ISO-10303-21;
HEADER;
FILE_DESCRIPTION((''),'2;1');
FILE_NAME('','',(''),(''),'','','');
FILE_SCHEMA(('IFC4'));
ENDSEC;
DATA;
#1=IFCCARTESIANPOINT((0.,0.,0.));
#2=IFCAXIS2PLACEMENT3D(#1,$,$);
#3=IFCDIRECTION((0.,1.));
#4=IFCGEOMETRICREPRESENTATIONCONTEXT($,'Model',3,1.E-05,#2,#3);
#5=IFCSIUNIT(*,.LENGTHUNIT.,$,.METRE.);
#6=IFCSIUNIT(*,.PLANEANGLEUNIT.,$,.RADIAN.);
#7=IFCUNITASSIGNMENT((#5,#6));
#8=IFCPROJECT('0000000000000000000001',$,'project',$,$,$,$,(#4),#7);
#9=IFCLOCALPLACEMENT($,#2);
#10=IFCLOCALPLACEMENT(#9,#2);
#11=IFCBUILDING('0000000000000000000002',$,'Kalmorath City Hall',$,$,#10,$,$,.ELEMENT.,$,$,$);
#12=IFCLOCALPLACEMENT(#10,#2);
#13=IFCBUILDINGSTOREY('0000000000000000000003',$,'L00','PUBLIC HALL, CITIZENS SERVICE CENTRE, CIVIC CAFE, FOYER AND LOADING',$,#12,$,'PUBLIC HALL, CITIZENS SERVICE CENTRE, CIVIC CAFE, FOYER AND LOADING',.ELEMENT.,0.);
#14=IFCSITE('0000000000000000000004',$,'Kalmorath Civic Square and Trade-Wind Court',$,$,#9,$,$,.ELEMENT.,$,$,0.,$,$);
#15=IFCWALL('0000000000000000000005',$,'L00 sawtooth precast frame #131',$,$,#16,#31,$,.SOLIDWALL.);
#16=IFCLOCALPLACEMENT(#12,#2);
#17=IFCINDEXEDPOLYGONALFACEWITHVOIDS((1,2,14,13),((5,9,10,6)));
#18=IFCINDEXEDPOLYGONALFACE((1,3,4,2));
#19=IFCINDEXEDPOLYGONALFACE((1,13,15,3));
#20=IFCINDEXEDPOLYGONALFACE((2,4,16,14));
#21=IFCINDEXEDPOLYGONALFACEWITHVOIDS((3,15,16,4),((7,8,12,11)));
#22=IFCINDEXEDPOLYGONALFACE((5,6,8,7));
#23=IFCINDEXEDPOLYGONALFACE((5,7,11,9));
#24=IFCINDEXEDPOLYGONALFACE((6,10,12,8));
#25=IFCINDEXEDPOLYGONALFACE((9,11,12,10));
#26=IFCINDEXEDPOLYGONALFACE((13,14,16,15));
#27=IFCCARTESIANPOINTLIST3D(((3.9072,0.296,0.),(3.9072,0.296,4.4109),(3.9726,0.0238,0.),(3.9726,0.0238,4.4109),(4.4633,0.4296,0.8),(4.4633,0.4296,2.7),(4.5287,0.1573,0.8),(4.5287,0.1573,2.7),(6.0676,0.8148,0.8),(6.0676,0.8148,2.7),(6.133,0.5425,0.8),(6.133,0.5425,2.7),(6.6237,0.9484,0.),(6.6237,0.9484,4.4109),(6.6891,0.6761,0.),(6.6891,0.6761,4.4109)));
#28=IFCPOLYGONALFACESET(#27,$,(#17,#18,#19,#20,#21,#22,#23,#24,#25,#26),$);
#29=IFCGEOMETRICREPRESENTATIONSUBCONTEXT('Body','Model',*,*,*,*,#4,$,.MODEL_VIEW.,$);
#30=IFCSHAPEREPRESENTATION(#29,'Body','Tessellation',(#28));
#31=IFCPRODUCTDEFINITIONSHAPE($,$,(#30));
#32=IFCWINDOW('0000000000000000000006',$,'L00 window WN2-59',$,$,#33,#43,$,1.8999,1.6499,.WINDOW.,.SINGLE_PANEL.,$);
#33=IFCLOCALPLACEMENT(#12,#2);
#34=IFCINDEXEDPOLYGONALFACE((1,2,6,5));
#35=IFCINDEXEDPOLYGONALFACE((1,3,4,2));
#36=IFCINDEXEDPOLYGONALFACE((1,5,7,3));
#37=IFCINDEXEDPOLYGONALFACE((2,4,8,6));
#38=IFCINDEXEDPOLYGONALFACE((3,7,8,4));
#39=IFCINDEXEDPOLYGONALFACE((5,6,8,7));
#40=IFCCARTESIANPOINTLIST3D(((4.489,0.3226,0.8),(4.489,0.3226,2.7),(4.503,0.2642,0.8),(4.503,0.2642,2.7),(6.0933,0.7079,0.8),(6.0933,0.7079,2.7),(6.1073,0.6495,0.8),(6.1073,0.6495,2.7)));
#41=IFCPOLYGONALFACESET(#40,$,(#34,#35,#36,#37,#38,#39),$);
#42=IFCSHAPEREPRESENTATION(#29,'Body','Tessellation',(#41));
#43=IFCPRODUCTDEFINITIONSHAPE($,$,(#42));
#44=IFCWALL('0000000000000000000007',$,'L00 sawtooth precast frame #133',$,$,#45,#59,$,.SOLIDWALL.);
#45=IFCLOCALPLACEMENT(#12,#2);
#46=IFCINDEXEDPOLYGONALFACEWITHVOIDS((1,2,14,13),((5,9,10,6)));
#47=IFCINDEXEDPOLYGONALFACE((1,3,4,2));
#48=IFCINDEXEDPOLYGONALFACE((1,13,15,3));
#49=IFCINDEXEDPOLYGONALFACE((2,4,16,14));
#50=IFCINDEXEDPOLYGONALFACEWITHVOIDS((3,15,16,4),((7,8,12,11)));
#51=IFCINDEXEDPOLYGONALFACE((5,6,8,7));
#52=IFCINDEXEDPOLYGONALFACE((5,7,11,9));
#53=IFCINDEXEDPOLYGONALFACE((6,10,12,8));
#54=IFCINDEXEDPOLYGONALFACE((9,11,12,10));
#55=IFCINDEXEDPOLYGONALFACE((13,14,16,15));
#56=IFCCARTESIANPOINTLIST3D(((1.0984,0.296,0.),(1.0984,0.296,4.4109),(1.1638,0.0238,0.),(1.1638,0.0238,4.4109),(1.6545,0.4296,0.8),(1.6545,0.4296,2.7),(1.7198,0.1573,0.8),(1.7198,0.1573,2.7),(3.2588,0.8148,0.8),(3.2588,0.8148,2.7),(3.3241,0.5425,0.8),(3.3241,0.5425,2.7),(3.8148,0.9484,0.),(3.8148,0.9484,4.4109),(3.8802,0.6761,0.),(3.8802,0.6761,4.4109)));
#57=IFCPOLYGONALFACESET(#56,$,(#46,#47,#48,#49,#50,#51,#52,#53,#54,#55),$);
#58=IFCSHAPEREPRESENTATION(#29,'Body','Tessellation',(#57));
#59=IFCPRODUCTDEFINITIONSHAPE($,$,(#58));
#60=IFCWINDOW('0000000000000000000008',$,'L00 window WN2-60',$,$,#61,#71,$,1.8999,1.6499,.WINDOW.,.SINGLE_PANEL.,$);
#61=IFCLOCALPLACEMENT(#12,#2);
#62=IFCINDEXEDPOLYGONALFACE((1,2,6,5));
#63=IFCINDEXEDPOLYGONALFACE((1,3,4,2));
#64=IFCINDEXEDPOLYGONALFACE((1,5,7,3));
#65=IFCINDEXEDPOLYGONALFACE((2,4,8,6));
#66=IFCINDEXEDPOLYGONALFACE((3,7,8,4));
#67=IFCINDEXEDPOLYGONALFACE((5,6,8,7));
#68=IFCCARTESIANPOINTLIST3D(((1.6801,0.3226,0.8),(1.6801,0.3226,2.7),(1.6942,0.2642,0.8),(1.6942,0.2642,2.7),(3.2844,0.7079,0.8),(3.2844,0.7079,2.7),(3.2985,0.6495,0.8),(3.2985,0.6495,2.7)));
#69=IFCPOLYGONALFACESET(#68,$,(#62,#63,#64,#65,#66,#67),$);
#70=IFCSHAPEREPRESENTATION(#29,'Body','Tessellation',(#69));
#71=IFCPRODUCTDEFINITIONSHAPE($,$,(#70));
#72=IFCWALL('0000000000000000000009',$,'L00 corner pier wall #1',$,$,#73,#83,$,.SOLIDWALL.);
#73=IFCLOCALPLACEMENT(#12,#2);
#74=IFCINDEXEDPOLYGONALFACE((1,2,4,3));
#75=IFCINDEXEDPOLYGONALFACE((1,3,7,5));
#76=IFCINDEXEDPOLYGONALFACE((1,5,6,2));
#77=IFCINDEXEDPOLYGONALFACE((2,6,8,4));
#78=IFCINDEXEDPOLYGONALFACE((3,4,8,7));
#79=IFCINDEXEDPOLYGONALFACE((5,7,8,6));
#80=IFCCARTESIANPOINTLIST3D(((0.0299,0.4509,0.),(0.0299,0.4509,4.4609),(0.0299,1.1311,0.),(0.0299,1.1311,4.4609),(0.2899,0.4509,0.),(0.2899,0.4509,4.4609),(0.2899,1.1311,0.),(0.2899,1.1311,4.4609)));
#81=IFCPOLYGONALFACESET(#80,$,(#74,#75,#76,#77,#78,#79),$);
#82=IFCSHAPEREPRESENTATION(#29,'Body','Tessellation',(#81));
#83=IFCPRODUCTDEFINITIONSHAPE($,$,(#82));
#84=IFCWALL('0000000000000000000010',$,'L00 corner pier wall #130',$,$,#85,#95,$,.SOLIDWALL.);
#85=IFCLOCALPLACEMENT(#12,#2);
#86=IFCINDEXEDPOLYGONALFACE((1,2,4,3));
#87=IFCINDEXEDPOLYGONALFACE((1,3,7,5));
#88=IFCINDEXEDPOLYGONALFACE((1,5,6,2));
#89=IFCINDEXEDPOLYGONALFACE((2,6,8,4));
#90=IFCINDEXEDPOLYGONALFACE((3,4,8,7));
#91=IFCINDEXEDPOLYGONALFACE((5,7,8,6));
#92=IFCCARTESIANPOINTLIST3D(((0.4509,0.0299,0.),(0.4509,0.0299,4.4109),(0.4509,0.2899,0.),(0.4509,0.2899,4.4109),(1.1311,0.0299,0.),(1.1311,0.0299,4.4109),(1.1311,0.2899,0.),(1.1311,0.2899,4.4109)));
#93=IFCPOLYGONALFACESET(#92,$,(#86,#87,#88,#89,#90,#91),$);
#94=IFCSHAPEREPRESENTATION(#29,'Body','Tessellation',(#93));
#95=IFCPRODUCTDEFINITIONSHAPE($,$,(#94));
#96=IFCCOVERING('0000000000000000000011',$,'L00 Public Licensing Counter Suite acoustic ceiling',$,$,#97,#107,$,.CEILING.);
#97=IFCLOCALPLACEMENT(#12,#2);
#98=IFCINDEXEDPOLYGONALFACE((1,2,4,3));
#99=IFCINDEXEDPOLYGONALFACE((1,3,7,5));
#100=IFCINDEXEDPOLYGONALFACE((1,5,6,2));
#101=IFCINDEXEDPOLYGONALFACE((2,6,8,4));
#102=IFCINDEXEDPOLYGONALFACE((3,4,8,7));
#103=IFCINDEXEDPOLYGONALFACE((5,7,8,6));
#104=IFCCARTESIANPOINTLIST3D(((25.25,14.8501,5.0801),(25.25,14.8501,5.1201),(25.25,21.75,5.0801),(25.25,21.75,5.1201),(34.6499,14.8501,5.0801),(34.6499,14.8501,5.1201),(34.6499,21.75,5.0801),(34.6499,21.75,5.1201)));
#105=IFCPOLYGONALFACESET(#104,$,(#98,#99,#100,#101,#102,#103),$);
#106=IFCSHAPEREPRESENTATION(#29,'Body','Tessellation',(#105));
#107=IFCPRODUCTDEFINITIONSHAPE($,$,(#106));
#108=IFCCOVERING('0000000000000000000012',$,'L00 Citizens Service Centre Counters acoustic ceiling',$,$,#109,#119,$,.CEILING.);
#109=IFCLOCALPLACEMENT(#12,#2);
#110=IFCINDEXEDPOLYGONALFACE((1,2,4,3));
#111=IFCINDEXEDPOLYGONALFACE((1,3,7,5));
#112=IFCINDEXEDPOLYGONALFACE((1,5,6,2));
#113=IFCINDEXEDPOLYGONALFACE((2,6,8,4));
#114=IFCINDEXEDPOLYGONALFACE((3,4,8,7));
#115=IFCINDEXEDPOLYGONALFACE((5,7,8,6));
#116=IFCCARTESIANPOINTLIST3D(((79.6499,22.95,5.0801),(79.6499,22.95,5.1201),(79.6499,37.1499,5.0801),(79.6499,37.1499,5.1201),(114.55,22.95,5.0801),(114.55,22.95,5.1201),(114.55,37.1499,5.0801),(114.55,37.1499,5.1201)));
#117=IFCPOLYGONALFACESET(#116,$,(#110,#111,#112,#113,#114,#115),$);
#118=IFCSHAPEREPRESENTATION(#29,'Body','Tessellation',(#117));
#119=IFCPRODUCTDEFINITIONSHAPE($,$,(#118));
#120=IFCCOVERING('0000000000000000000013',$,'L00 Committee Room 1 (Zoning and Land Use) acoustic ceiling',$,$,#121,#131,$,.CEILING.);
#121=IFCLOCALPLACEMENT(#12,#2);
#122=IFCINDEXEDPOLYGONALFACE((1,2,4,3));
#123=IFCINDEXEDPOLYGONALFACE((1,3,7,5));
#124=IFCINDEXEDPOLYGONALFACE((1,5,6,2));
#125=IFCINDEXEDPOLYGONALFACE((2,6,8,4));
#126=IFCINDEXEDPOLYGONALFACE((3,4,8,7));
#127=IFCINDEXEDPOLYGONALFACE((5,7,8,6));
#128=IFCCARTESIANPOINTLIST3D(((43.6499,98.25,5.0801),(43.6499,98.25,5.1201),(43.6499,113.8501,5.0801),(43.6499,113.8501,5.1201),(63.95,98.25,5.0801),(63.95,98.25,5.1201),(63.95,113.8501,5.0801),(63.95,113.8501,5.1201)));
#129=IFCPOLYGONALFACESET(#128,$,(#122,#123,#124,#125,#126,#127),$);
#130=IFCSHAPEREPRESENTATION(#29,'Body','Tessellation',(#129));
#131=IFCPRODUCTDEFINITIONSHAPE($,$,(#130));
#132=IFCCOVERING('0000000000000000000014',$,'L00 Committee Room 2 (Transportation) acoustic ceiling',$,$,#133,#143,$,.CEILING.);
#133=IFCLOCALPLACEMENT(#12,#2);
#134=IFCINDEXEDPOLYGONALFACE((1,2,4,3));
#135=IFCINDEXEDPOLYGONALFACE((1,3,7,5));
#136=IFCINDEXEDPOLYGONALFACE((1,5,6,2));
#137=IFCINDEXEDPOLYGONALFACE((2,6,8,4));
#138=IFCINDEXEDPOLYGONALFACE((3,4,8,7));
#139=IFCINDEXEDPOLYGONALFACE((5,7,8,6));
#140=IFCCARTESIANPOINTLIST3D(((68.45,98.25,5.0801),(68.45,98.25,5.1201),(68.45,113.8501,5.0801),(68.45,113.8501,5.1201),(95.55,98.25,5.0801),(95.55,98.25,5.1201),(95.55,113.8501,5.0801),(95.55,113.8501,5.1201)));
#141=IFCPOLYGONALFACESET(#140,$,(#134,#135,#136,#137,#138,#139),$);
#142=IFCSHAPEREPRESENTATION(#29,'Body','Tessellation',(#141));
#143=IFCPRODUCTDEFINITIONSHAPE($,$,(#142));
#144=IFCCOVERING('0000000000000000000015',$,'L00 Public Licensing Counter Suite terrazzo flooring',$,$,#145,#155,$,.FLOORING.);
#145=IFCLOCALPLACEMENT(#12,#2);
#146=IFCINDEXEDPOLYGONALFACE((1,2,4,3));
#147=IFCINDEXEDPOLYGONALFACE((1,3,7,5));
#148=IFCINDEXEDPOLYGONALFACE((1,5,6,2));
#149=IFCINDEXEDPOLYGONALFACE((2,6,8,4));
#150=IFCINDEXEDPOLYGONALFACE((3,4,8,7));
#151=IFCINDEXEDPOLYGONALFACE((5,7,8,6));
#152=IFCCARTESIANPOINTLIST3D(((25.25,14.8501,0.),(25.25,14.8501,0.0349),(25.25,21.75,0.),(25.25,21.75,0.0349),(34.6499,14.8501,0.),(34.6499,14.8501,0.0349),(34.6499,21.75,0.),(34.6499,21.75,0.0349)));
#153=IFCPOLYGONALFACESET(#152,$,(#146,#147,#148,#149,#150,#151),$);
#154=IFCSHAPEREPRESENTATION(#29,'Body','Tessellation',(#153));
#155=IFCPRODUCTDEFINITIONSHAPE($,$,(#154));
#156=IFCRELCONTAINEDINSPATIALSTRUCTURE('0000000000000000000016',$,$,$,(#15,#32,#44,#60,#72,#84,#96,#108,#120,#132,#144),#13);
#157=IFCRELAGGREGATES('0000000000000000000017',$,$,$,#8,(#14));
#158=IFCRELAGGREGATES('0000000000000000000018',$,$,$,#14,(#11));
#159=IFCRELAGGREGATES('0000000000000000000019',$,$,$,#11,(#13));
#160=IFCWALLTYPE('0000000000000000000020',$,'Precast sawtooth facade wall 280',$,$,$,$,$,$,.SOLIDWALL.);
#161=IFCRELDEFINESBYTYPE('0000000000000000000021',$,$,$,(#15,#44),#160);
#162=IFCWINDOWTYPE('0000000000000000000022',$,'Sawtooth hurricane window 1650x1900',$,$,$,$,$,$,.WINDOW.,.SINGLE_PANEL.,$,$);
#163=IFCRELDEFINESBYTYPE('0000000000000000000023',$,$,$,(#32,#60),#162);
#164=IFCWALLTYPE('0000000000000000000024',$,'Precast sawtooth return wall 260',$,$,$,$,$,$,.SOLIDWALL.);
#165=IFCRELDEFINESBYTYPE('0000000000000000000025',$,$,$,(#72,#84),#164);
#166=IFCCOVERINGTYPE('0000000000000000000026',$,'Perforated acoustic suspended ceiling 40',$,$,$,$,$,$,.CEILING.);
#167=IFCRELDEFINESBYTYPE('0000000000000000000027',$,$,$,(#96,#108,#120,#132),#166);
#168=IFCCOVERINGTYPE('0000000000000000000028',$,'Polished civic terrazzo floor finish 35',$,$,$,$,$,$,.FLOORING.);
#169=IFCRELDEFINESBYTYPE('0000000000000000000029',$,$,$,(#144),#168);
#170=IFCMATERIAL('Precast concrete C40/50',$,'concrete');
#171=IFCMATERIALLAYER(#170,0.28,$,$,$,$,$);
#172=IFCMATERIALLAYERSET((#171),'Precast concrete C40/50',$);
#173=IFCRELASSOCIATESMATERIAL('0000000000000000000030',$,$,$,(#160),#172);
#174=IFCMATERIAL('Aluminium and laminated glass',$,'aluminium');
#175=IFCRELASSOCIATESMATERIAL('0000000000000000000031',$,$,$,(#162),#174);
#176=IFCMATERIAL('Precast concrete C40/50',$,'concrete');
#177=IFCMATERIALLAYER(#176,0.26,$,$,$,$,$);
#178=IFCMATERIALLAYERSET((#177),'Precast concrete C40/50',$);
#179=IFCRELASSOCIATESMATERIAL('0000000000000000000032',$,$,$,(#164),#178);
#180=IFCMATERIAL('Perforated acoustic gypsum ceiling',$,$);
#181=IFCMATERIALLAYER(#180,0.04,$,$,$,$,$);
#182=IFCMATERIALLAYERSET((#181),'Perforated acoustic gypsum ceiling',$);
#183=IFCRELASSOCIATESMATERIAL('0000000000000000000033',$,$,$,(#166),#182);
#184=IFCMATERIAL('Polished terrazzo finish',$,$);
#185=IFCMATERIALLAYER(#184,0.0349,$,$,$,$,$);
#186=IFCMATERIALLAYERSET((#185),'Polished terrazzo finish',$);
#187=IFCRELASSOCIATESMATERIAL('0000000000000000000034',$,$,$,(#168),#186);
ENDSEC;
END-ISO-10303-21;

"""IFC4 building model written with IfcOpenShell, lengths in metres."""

from ifc_helpers import new_model, si_unit, direction, frame, frame_2d, origin, place, context, subcontext, project, spatial, polyline, rectangle, outline, extrude, material, layer, layer_set, type_object, element, fill, save


model = new_model("IFC4")

# Units and contexts
model_context = context("Model", 3, precision=1e-05, world=origin(), true_north=direction((0.0, 1.0)))
body_context = subcontext(model_context, "Body", "Model", "MODEL_VIEW")
ifc_project = project(units=[si_unit("LENGTHUNIT", "METRE"), si_unit("PLANEANGLEUNIT", "RADIAN")], contexts=[model_context])

# Site, building, storey
site_placement = place(None, origin())
site = spatial("IfcSite", under=ifc_project, at=site_placement, Name="Kalmorath Civic Square and Trade-Wind Court", CompositionType="ELEMENT", RefElevation=0.0)
building_placement = place(site_placement, origin())
building = spatial("IfcBuilding", under=site, at=building_placement, Name="Kalmorath City Hall", CompositionType="ELEMENT")
storey_placement = place(building_placement, origin())
storey = spatial("IfcBuildingStorey", under=building, at=storey_placement, Name="L00", Description="PUBLIC HALL, CITIZENS SERVICE CENTRE, CIVIC CAFE, FOYER AND LOADING", LongName="PUBLIC HALL, CITIZENS SERVICE CENTRE, CIVIC CAFE, FOYER AND LOADING", CompositionType="ELEMENT", Elevation=0.0)

# Shared definitions
ifc_material_1 = material(Name="Precast concrete C40/50", Category="concrete")
ifc_layer_1 = layer(ifc_material_1, 0.28)
ifc_layer_set_1 = layer_set([ifc_layer_1], Name="Precast concrete C40/50")
wall_type_1 = type_object("IfcWallType", Name="Precast sawtooth facade wall 280", PredefinedType="SOLIDWALL", material=ifc_layer_set_1)

# Walls, openings, windows
wall_1_placement = place(storey_placement, frame((6.6565, 0.8123, 0.0), z_axis=(0.0, 0.0, 1.0), x_axis=(-0.972357, -0.233499, 0.0)))
wall_1 = element("IfcWall", 1, at=wall_1_placement, inside=storey, type_object=wall_type_1, Name="L00 sawtooth precast frame #131", PredefinedType="SOLIDWALL", context=body_context, shape_type="SweptSolid", body=[
    extrude(rectangle(XDim=2.7937, YDim=0.28, at=frame_2d((1.397, 0.0))), origin(), (0.0, 0.0, 1.0), 4.4109),
])
opening_1_placement = place(wall_1_placement, frame((0.572, 0.0, 0.8)))
opening_1 = element("IfcOpeningElement", 2, at=opening_1_placement, cuts=wall_1, PredefinedType="OPENING", context=body_context, shape_type="SweptSolid", body=[
    extrude(rectangle(XDim=1.6499, YDim=1.8999, at=frame_2d((0.825, 0.95))), frame((0.0, 0.1499, 0.0), z_axis=(0.0, -1.0, 0.0), x_axis=(1.0, 0.0, 0.0)), (0.0, 0.0, 1.0), 0.3),
])
ifc_material_2 = material(Name="Aluminium and laminated glass", Category="aluminium")
window_type = type_object("IfcWindowType", Name="Sawtooth hurricane window 1650x1900", PartitioningType="SINGLE_PANEL", PredefinedType="WINDOW", material=ifc_material_2)
window_1_placement = place(opening_1_placement, origin())
window_1 = element("IfcWindow", 3, at=window_1_placement, inside=storey, type_object=window_type, Name="L00 window WN2-59", OverallHeight=1.8999, OverallWidth=1.6499, PartitioningType="SINGLE_PANEL", PredefinedType="WINDOW", context=body_context, shape_type="SweptSolid", body=[
    extrude(rectangle(XDim=1.6499, YDim=1.8999, at=frame_2d((0.825, 0.95))), frame((0.0, 0.03, 0.0), z_axis=(0.0, -1.0, 0.0), x_axis=(1.0, 0.0, 0.0)), (0.0, 0.0, 1.0), 0.0601),
])
fill(opening_1, window_1)
wall_2_placement = place(storey_placement, frame((3.8477, 0.8123, 0.0), z_axis=(0.0, 0.0, 1.0), x_axis=(-0.972357, -0.233499, 0.0)))
wall_2 = element("IfcWall", 4, at=wall_2_placement, inside=storey, type_object=wall_type_1, Name="L00 sawtooth precast frame #133", PredefinedType="SOLIDWALL", context=body_context, shape_type="SweptSolid", body=[
    extrude(rectangle(XDim=2.7937, YDim=0.28, at=frame_2d((1.397, 0.0))), origin(), (0.0, 0.0, 1.0), 4.4109),
])
opening_2_placement = place(wall_2_placement, frame((0.572, 0.0, 0.8)))
opening_2 = element("IfcOpeningElement", 5, at=opening_2_placement, cuts=wall_2, PredefinedType="OPENING", context=body_context, shape_type="SweptSolid", body=[
    extrude(rectangle(XDim=1.6499, YDim=1.8999, at=frame_2d((0.825, 0.95))), frame((0.0, 0.1499, 0.0), z_axis=(0.0, -1.0, 0.0), x_axis=(1.0, 0.0, 0.0)), (0.0, 0.0, 1.0), 0.3),
])
window_2_placement = place(opening_2_placement, origin())
window_2 = element("IfcWindow", 6, at=window_2_placement, inside=storey, type_object=window_type, Name="L00 window WN2-60", OverallHeight=1.8999, OverallWidth=1.6499, PartitioningType="SINGLE_PANEL", PredefinedType="WINDOW", context=body_context, shape_type="SweptSolid", body=[
    extrude(rectangle(XDim=1.6499, YDim=1.8999, at=frame_2d((0.825, 0.95))), frame((0.0, 0.03, 0.0), z_axis=(0.0, -1.0, 0.0), x_axis=(1.0, 0.0, 0.0)), (0.0, 0.0, 1.0), 0.0601),
])
fill(opening_2, window_2)

# Walls
ifc_material_3 = material(Name="Precast concrete C40/50", Category="concrete")
ifc_layer_2 = layer(ifc_material_3, 0.26)
ifc_layer_set_2 = layer_set([ifc_layer_2], Name="Precast concrete C40/50")
wall_type_2 = type_object("IfcWallType", Name="Precast sawtooth return wall 260", PredefinedType="SOLIDWALL", material=ifc_layer_set_2)
wall_3_placement = place(storey_placement, frame((0.1599, 0.4509, 0.0), z_axis=(0.0, 0.0, 1.0), x_axis=(0.0, 1.0, 0.0)))
element("IfcWall", 7, at=wall_3_placement, inside=storey, type_object=wall_type_2, Name="L00 corner pier wall #1", PredefinedType="SOLIDWALL", context=body_context, shape_type="SweptSolid", body=[
    extrude(rectangle(XDim=0.6802, YDim=0.26, at=frame_2d((0.3401, 0.0))), origin(), (0.0, 0.0, 1.0), 4.4609),
])
wall_4_placement = place(storey_placement, frame((1.1311, 0.1599, 0.0), z_axis=(0.0, 0.0, 1.0), x_axis=(-1.0, 0.0, 0.0)))
element("IfcWall", 8, at=wall_4_placement, inside=storey, type_object=wall_type_2, Name="L00 corner pier wall #130", PredefinedType="SOLIDWALL", context=body_context, shape_type="SweptSolid", body=[
    extrude(rectangle(XDim=0.6802, YDim=0.26, at=frame_2d((0.3401, 0.0))), origin(), (0.0, 0.0, 1.0), 4.4109),
])

# Coverings
ifc_material_4 = material(Name="Perforated acoustic gypsum ceiling")
ifc_layer_3 = layer(ifc_material_4, 0.04)
ifc_layer_set_3 = layer_set([ifc_layer_3], Name="Perforated acoustic gypsum ceiling")
covering_type_1 = type_object("IfcCoveringType", Name="Perforated acoustic suspended ceiling 40", PredefinedType="CEILING", material=ifc_layer_set_3)
covering_1_placement = place(storey_placement, frame((0.0, 0.0, 5.0801)))
element("IfcCovering", 9, at=covering_1_placement, inside=storey, type_object=covering_type_1, Name="L00 Public Licensing Counter Suite acoustic ceiling", PredefinedType="CEILING", context=body_context, shape_type="SweptSolid", body=[
    extrude(outline(polyline([(34.6499, 14.8501), (25.25, 14.8501), (25.25, 21.75), (34.6499, 21.75), (34.6499, 14.8501)])), origin(), (0.0, 0.0, 1.0), 0.04),
])
covering_2_placement = place(storey_placement, frame((0.0, 0.0, 5.0801)))
element("IfcCovering", 10, at=covering_2_placement, inside=storey, type_object=covering_type_1, Name="L00 Citizens Service Centre Counters acoustic ceiling", PredefinedType="CEILING", context=body_context, shape_type="SweptSolid", body=[
    extrude(outline(polyline([(114.55, 22.95), (79.6499, 22.95), (79.6499, 37.1499), (114.55, 37.1499), (114.55, 22.95)])), origin(), (0.0, 0.0, 1.0), 0.04),
])
covering_3_placement = place(storey_placement, frame((0.0, 0.0, 5.0801)))
element("IfcCovering", 11, at=covering_3_placement, inside=storey, type_object=covering_type_1, Name="L00 Committee Room 1 (Zoning and Land Use) acoustic ceiling", PredefinedType="CEILING", context=body_context, shape_type="SweptSolid", body=[
    extrude(outline(polyline([(63.95, 113.8501), (63.95, 98.25), (43.6499, 98.25), (43.6499, 113.8501), (63.95, 113.8501)])), origin(), (0.0, 0.0, 1.0), 0.04),
])
covering_4_placement = place(storey_placement, frame((0.0, 0.0, 5.0801)))
element("IfcCovering", 12, at=covering_4_placement, inside=storey, type_object=covering_type_1, Name="L00 Committee Room 2 (Transportation) acoustic ceiling", PredefinedType="CEILING", context=body_context, shape_type="SweptSolid", body=[
    extrude(outline(polyline([(68.45, 113.8501), (95.55, 113.8501), (95.55, 98.25), (68.45, 98.25), (68.45, 113.8501)])), origin(), (0.0, 0.0, 1.0), 0.04),
])
ifc_material_5 = material(Name="Polished terrazzo finish")
ifc_layer_4 = layer(ifc_material_5, 0.0349)
ifc_layer_set_4 = layer_set([ifc_layer_4], Name="Polished terrazzo finish")
covering_type_2 = type_object("IfcCoveringType", Name="Polished civic terrazzo floor finish 35", PredefinedType="FLOORING", material=ifc_layer_set_4)
covering_5_placement = place(storey_placement, origin())
element("IfcCovering", 13, at=covering_5_placement, inside=storey, type_object=covering_type_2, Name="L00 Public Licensing Counter Suite terrazzo flooring", PredefinedType="FLOORING", context=body_context, shape_type="SweptSolid", body=[
    extrude(outline(polyline([(34.6499, 14.8501), (25.25, 14.8501), (25.25, 21.75), (34.6499, 21.75), (34.6499, 14.8501)])), origin(), (0.0, 0.0, 1.0), 0.0349),
])

save(model, "model.ifc")
